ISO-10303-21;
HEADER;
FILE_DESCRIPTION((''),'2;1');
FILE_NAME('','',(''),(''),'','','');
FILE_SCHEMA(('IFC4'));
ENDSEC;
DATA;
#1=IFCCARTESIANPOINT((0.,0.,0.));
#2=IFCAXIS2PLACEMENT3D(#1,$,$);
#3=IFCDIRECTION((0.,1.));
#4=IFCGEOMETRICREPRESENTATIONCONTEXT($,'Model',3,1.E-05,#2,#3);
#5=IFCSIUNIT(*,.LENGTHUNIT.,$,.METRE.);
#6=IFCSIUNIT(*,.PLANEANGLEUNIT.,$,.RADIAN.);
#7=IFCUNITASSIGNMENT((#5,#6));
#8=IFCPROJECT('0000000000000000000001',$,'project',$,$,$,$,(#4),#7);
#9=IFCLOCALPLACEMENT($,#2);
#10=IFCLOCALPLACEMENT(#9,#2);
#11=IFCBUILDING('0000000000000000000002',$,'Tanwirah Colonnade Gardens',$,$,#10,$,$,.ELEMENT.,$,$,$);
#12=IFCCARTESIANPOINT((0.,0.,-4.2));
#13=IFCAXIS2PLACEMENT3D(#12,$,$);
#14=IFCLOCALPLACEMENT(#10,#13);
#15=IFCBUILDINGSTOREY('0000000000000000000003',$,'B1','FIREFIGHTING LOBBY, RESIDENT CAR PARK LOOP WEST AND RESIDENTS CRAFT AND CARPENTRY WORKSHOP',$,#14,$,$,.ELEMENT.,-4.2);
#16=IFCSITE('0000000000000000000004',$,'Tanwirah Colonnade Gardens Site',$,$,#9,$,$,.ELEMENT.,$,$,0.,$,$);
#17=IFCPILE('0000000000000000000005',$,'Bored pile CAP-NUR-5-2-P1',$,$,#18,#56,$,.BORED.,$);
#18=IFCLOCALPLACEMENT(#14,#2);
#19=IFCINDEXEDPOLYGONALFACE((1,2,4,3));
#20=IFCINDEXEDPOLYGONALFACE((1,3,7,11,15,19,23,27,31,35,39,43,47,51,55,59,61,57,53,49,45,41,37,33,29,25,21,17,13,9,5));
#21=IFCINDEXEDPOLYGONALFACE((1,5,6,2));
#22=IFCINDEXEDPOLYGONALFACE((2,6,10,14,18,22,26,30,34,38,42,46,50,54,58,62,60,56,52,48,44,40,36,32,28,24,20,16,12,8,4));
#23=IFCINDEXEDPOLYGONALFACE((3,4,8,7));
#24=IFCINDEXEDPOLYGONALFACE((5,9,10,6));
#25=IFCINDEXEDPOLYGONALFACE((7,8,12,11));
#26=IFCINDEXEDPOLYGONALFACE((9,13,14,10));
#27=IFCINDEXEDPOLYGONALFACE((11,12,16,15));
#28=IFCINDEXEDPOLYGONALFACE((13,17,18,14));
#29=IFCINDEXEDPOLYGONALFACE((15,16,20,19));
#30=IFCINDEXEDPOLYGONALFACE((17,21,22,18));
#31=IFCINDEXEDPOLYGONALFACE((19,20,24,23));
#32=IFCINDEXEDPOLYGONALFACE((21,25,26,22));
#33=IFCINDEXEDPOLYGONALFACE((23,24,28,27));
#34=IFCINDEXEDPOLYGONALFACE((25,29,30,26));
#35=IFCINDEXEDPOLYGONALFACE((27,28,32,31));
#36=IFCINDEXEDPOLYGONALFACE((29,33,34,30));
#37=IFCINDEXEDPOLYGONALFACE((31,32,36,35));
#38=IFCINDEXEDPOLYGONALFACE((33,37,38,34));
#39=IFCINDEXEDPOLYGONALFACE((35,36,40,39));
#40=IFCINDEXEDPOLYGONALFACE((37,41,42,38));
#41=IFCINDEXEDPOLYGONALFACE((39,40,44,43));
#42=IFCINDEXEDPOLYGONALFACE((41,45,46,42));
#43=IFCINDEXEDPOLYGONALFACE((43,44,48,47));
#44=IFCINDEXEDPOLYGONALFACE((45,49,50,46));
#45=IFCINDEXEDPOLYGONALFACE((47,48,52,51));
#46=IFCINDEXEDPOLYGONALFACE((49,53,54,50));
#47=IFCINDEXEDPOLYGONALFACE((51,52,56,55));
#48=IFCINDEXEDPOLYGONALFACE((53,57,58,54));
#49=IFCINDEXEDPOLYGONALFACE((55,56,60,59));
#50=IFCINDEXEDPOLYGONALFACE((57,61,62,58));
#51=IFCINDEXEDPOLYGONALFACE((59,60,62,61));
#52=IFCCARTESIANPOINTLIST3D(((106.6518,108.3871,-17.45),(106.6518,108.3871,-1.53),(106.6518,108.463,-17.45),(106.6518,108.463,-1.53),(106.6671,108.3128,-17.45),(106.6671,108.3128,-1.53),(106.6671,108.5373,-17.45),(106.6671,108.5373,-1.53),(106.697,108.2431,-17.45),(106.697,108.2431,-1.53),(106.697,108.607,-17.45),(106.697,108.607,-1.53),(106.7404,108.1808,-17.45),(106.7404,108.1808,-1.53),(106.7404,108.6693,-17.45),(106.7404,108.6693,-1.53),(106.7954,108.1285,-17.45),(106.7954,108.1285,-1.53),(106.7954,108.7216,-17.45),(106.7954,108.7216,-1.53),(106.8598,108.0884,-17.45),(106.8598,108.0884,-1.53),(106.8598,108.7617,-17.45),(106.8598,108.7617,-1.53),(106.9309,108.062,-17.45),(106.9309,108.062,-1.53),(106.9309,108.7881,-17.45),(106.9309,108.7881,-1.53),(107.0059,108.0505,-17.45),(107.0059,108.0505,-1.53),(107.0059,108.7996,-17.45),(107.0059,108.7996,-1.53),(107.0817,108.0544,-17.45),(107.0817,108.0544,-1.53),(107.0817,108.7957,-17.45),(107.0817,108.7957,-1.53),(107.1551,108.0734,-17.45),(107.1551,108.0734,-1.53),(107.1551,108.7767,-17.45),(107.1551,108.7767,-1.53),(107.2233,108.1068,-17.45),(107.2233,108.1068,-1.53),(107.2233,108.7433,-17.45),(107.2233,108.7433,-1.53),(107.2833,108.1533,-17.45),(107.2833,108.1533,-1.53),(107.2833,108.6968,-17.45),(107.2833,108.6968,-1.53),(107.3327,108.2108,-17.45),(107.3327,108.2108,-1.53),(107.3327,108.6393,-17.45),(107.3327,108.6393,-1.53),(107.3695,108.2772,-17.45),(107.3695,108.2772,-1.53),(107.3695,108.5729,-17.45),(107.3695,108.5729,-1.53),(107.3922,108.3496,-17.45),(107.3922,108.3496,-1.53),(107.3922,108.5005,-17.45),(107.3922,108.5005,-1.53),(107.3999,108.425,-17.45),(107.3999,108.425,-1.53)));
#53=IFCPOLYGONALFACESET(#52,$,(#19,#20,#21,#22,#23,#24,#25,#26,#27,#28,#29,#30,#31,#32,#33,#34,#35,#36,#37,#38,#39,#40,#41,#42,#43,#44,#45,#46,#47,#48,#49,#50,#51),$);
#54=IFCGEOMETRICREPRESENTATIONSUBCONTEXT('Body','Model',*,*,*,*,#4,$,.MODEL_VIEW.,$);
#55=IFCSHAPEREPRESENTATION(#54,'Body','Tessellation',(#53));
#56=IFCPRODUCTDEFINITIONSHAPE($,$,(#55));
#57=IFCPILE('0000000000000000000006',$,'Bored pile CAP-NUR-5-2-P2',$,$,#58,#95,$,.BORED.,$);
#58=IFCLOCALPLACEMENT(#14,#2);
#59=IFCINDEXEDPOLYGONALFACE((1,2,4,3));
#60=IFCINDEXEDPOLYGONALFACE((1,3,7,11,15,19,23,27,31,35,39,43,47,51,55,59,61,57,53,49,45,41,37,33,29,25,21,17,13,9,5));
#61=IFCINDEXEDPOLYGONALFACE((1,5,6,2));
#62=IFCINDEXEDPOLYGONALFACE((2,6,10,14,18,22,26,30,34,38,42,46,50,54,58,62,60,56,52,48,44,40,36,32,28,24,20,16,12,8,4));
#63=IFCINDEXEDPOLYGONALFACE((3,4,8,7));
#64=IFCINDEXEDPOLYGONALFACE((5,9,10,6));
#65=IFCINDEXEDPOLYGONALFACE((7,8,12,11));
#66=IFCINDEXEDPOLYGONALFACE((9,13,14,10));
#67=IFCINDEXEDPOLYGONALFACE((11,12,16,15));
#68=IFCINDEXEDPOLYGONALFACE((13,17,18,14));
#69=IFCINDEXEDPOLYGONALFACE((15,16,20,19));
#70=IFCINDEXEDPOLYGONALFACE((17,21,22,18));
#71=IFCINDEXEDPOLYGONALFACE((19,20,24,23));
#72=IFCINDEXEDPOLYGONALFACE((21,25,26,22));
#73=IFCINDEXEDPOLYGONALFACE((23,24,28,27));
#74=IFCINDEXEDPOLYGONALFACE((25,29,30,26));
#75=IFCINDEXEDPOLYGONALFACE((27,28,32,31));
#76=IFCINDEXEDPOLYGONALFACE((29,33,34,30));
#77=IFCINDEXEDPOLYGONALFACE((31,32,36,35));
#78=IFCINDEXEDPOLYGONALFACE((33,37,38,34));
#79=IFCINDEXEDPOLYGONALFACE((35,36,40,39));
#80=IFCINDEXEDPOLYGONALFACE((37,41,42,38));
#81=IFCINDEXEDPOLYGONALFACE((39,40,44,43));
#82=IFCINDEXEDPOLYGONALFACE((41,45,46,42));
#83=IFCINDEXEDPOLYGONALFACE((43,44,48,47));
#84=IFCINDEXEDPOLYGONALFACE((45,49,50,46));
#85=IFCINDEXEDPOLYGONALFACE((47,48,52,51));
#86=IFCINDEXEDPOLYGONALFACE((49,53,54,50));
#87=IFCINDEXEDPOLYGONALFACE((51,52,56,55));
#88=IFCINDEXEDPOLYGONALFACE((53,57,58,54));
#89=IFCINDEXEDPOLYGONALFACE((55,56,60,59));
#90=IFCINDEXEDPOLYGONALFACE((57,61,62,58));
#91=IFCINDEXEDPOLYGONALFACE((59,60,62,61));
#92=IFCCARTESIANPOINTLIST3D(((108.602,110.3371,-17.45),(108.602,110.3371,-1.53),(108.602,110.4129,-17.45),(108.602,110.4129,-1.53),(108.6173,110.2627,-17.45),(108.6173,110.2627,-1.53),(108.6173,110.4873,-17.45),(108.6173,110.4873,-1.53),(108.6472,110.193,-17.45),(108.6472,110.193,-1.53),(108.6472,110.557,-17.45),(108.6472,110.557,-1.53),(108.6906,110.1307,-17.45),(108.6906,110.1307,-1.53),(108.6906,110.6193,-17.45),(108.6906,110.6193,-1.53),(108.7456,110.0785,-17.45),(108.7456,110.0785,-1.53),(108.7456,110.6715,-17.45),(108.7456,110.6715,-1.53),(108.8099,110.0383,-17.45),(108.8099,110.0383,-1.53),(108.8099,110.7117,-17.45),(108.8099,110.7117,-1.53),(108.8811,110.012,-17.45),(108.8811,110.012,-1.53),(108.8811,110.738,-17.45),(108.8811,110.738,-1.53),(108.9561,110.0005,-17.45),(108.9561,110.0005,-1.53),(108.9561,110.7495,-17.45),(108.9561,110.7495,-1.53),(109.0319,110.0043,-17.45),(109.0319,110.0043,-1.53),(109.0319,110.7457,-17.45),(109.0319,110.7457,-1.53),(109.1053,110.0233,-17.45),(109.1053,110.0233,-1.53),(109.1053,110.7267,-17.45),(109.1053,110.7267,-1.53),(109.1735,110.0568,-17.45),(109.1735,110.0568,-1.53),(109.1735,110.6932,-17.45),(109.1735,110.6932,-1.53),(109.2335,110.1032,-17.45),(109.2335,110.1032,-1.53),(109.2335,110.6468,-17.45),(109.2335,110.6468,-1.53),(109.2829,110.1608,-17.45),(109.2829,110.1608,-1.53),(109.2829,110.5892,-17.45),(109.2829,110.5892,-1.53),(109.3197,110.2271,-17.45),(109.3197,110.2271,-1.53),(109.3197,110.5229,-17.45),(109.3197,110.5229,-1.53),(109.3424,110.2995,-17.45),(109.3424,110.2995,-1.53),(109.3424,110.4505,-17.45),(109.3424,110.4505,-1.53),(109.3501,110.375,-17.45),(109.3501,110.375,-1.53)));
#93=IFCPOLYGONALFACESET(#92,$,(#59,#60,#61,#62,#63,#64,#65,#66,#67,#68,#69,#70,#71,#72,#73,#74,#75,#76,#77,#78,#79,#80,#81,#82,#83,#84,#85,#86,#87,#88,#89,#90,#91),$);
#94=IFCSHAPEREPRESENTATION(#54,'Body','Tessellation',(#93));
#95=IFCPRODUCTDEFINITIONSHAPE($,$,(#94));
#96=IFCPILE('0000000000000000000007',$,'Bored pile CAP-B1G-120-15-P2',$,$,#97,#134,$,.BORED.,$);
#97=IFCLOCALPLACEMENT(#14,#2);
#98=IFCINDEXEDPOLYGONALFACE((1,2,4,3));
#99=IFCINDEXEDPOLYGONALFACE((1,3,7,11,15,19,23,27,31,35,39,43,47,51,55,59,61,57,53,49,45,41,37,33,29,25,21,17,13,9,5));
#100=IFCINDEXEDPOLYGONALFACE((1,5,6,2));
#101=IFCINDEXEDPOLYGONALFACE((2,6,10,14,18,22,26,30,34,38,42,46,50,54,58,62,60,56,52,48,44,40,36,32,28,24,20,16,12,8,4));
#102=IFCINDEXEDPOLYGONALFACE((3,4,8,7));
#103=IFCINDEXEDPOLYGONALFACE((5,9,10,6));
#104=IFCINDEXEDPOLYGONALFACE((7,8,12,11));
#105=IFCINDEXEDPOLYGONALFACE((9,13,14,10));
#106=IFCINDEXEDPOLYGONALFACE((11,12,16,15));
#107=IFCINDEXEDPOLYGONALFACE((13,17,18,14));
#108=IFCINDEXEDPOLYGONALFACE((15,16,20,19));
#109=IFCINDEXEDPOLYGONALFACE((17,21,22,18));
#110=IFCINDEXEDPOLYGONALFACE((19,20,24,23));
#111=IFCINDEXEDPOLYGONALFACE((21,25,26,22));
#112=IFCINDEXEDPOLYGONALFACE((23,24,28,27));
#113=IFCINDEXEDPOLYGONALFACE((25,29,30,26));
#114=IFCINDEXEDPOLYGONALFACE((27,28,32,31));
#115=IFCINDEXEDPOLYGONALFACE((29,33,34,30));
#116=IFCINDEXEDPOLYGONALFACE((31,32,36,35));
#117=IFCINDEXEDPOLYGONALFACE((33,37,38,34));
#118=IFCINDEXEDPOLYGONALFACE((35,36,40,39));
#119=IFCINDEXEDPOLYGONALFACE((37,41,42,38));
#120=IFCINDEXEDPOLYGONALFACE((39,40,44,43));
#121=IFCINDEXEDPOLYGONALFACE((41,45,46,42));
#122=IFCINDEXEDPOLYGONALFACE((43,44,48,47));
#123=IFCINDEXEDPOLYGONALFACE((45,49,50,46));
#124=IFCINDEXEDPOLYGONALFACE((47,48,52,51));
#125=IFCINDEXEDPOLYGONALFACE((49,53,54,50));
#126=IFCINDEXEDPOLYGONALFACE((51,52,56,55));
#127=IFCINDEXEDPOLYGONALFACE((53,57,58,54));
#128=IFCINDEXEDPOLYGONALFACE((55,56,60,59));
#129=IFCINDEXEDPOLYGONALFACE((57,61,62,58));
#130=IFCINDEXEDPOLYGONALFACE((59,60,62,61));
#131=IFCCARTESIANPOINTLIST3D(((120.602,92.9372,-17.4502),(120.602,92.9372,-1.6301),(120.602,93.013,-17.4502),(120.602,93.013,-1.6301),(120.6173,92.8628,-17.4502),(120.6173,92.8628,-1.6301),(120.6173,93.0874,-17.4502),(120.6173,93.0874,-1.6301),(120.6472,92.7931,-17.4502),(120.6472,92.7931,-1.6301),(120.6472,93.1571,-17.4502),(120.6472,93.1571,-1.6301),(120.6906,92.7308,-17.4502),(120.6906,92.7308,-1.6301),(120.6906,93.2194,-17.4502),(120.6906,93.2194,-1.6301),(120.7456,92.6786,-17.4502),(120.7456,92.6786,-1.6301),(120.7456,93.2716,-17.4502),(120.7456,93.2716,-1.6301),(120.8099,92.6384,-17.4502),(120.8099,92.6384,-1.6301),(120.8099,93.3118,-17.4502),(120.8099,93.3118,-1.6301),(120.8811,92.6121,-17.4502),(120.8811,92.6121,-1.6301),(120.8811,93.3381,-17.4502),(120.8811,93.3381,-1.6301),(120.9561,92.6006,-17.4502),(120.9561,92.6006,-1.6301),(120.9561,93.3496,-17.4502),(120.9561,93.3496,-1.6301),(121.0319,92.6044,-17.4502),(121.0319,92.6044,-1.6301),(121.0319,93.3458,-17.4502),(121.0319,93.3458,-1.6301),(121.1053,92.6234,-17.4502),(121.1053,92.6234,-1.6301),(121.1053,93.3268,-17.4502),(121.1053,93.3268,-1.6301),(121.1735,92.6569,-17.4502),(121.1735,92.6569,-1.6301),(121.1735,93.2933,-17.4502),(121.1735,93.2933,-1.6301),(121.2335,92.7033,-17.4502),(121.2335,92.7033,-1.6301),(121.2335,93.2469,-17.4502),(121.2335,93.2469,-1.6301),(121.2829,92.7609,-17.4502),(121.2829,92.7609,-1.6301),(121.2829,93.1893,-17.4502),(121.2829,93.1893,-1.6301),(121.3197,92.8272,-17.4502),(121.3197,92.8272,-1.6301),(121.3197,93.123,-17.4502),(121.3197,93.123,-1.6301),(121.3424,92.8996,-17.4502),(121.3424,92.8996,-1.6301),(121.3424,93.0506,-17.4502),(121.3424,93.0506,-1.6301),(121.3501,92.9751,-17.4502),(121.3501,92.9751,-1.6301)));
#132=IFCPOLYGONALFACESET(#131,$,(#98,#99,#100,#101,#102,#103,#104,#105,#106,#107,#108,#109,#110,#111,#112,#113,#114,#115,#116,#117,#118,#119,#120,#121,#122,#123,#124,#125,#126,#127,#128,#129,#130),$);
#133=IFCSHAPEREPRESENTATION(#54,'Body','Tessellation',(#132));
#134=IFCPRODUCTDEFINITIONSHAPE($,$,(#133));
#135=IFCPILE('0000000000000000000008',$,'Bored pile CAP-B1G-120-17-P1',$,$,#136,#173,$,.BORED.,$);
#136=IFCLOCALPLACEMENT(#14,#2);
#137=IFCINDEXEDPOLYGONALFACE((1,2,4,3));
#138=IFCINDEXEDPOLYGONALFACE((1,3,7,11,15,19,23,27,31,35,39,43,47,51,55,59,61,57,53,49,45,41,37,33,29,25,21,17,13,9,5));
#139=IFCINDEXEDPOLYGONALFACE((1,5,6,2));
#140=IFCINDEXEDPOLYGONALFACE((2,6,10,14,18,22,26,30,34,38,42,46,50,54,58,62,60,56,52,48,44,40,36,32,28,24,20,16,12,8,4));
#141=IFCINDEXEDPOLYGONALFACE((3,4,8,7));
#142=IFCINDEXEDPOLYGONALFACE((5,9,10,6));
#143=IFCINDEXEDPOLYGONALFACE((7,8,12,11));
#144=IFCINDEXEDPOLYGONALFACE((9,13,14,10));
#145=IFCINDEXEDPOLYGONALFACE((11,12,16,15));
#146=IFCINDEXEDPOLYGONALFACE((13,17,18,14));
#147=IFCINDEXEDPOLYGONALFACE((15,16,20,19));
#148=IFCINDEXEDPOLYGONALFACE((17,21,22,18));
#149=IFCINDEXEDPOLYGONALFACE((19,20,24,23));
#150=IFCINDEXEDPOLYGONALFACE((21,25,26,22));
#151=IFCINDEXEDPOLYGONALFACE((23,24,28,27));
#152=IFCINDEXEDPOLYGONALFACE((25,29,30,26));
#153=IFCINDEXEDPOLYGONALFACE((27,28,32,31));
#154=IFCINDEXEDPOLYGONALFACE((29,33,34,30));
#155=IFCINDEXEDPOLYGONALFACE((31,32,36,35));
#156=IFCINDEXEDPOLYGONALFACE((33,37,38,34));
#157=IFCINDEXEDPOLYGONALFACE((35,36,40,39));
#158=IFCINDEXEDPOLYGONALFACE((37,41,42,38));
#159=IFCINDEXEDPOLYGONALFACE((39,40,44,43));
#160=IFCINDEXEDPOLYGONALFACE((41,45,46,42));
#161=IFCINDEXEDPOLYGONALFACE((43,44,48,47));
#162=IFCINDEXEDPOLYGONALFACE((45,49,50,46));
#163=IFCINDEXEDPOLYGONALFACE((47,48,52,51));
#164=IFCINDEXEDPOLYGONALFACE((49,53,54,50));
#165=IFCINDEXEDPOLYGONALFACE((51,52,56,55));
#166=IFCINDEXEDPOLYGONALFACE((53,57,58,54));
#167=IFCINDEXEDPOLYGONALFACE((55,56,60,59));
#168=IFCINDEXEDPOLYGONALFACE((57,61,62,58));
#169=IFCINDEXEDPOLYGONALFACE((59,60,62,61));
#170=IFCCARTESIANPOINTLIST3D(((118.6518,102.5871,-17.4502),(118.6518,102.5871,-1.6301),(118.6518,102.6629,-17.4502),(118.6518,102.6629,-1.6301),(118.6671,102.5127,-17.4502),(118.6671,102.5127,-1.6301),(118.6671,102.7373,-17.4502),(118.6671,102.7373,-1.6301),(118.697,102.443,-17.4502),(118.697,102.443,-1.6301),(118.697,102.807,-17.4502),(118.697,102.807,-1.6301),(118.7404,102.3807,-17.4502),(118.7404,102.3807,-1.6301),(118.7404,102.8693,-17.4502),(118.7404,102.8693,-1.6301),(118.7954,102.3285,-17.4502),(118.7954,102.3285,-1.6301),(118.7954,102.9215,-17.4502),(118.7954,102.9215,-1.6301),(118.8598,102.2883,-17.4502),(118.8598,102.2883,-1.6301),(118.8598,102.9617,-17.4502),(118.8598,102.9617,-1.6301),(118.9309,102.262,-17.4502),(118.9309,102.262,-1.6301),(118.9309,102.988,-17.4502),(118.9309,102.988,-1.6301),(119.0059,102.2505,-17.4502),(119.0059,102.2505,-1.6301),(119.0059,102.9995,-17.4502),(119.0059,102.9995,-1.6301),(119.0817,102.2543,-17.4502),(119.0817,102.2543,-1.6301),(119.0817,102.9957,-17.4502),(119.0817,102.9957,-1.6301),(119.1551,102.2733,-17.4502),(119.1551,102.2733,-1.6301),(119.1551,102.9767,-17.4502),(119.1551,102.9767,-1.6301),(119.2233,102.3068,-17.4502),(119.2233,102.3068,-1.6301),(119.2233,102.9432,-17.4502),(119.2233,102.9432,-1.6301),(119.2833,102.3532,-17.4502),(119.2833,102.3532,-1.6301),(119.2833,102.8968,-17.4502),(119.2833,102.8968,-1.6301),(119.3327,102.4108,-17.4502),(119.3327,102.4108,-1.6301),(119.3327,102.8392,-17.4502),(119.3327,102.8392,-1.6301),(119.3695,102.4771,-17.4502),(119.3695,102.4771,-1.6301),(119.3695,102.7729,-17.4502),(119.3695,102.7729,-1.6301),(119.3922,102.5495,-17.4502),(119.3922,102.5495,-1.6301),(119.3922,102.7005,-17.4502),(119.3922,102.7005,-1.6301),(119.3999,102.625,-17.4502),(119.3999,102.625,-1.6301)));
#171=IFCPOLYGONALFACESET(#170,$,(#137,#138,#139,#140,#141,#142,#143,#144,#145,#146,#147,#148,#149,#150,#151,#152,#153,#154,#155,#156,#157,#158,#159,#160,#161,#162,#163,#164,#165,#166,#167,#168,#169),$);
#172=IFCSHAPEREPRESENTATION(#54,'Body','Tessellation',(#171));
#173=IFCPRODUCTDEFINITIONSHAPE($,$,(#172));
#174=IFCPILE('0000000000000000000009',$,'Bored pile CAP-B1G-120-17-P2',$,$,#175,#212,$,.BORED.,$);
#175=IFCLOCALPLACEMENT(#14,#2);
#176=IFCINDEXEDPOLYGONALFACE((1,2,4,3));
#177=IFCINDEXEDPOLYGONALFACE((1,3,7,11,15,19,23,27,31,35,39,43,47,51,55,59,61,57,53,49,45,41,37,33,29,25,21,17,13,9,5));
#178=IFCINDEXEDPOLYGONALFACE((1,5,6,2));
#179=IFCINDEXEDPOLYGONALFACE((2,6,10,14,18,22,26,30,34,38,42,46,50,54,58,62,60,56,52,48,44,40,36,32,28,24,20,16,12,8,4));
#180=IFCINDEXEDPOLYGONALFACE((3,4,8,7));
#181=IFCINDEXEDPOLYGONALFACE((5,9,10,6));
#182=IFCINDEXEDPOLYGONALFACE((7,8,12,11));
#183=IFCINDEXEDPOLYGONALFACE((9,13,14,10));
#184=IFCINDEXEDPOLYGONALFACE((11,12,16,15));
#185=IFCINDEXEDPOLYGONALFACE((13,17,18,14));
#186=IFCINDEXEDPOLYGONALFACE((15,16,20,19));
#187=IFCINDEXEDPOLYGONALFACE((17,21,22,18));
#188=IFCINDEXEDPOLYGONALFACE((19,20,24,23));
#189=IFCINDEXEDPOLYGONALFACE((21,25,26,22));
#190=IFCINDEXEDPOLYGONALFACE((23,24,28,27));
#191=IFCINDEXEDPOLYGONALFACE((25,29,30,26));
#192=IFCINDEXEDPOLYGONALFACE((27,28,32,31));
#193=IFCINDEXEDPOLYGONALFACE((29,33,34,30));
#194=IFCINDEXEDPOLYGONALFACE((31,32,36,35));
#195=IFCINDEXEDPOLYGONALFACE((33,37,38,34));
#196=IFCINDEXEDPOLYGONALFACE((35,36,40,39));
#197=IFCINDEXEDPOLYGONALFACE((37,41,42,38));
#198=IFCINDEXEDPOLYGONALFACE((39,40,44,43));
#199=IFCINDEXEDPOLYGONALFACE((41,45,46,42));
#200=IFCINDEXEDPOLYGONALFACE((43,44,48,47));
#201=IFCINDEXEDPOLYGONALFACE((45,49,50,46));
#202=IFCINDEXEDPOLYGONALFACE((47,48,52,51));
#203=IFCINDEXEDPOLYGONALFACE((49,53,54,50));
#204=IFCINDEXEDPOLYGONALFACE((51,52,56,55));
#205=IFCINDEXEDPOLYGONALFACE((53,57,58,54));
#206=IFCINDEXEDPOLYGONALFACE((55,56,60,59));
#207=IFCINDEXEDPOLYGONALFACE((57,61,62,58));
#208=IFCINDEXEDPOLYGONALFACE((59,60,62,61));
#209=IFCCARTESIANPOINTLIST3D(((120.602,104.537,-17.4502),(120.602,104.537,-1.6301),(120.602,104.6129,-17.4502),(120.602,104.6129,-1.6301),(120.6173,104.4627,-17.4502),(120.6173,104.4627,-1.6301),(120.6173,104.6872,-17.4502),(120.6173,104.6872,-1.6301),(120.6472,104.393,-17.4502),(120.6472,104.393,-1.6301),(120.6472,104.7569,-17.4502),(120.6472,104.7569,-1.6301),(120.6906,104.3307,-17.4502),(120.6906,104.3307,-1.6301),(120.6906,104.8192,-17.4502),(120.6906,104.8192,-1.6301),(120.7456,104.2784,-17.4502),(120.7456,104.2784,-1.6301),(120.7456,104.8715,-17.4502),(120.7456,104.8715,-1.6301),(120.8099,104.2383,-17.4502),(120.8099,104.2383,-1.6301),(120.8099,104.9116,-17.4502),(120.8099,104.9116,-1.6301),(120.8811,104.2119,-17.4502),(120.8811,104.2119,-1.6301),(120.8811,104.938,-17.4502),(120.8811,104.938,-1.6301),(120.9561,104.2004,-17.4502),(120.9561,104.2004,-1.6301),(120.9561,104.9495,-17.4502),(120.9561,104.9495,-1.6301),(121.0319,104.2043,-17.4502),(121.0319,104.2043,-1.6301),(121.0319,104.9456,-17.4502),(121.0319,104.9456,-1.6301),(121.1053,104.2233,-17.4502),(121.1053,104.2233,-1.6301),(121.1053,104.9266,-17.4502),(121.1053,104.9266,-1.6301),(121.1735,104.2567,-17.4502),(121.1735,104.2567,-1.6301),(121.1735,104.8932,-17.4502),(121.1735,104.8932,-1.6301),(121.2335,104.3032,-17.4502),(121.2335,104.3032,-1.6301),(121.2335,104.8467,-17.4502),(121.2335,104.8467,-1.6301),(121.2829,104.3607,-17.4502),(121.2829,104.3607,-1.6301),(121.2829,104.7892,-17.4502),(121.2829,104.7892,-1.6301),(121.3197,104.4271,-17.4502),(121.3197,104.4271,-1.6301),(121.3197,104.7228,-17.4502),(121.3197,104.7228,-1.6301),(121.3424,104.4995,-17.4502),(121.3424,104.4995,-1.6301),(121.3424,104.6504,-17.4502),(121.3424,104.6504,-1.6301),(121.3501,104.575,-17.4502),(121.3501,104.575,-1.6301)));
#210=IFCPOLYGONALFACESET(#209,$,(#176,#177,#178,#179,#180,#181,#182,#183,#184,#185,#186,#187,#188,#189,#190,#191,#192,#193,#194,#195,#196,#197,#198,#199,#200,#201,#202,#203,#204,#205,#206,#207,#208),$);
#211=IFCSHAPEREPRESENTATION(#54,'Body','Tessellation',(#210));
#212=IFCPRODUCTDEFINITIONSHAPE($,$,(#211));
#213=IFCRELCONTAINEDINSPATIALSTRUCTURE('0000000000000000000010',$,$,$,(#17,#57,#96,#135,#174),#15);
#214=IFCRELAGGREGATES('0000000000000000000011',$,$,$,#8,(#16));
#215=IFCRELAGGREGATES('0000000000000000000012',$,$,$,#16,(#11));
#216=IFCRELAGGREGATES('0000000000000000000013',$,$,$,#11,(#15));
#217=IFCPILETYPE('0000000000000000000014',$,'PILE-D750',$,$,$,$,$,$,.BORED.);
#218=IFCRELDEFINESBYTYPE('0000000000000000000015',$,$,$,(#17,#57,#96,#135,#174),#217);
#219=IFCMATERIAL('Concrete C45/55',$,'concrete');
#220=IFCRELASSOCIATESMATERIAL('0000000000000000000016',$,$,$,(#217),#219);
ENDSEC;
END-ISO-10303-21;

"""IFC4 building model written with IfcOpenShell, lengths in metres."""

from ifc_helpers import new_model, si_unit, direction, frame, origin, origin_2d, place, context, subcontext, project, spatial, circle, extrude, material, material_profile, profile_set, type_object, element, save


model = new_model("IFC4")

# Units and contexts
model_context = context("Model", 3, precision=1e-05, world=origin(), true_north=direction((0.0, 1.0)))
body_context = subcontext(model_context, "Body", "Model", "MODEL_VIEW")
ifc_project = project(units=[si_unit("LENGTHUNIT", "METRE"), si_unit("PLANEANGLEUNIT", "RADIAN")], contexts=[model_context])

# Site, building, storey
site_placement = place(None, origin())
site = spatial("IfcSite", under=ifc_project, at=site_placement, Name="Tanwirah Colonnade Gardens Site", CompositionType="ELEMENT", RefElevation=0.0)
building_placement = place(site_placement, origin())
building = spatial("IfcBuilding", under=site, at=building_placement, Name="Tanwirah Colonnade Gardens", CompositionType="ELEMENT")
storey_placement = place(building_placement, frame((0.0, 0.0, -4.2)))
storey = spatial("IfcBuildingStorey", under=building, at=storey_placement, Name="B1", Description="FIREFIGHTING LOBBY, RESIDENT CAR PARK LOOP WEST AND RESIDENTS CRAFT AND CARPENTRY WORKSHOP", CompositionType="ELEMENT", Elevation=-4.2)

# Shared definitions
ifc_material_1 = material(Name="Concrete C45/55", Category="concrete")

# Piles
ifc_material_profile_1 = material_profile(ifc_material_1, circle(Radius=0.375, at=origin_2d()), Name="PILE D750")
ifc_profile_set_1 = profile_set([ifc_material_profile_1], Name="Concrete C45/55")
pile_type_1 = type_object("IfcPileType", Name="PILE-D750", PredefinedType="BORED", material=ifc_profile_set_1)
for number, where, z_axis, x_axis, name in (
    (1, (107.0249, 108.425, -1.53), (0.0, 0.0, -1.0), (1.0, 0.0, 0.0), "Bored pile CAP-NUR-5-2-P1"),
    (2, (108.9751, 110.375, -1.53), (0.0, 0.0, -1.0), (1.0, 0.0, 0.0), "Bored pile CAP-NUR-5-2-P2"),
):
    element("IfcPile", number, at=place(storey_placement, frame(where, z_axis=z_axis, x_axis=x_axis)), inside=storey, type_object=pile_type_1, Name=name, PredefinedType="BORED", context=body_context, shape_type="SweptSolid", body=[
        extrude(circle(Radius=0.375, at=origin_2d()), origin(), (0.0, 0.0, 1.0), 15.9199),
    ])
for number, where, z_axis, x_axis, name in (
    (3, (120.9751, 92.9751, -1.6301), (0.0, 0.0, -1.0), (1.0, 0.0, 0.0), "Bored pile CAP-B1G-120-15-P2"),
    (4, (119.0249, 102.625, -1.6301), (0.0, 0.0, -1.0), (1.0, 0.0, 0.0), "Bored pile CAP-B1G-120-17-P1"),
    (5, (120.9751, 104.575, -1.6301), (0.0, 0.0, -1.0), (1.0, 0.0, 0.0), "Bored pile CAP-B1G-120-17-P2"),
):
    element("IfcPile", number, at=place(storey_placement, frame(where, z_axis=z_axis, x_axis=x_axis)), inside=storey, type_object=pile_type_1, Name=name, PredefinedType="BORED", context=body_context, shape_type="SweptSolid", body=[
        extrude(circle(Radius=0.375, at=origin_2d()), origin(), (0.0, 0.0, 1.0), 15.8201),
    ])

save(model, "model.ifc")
